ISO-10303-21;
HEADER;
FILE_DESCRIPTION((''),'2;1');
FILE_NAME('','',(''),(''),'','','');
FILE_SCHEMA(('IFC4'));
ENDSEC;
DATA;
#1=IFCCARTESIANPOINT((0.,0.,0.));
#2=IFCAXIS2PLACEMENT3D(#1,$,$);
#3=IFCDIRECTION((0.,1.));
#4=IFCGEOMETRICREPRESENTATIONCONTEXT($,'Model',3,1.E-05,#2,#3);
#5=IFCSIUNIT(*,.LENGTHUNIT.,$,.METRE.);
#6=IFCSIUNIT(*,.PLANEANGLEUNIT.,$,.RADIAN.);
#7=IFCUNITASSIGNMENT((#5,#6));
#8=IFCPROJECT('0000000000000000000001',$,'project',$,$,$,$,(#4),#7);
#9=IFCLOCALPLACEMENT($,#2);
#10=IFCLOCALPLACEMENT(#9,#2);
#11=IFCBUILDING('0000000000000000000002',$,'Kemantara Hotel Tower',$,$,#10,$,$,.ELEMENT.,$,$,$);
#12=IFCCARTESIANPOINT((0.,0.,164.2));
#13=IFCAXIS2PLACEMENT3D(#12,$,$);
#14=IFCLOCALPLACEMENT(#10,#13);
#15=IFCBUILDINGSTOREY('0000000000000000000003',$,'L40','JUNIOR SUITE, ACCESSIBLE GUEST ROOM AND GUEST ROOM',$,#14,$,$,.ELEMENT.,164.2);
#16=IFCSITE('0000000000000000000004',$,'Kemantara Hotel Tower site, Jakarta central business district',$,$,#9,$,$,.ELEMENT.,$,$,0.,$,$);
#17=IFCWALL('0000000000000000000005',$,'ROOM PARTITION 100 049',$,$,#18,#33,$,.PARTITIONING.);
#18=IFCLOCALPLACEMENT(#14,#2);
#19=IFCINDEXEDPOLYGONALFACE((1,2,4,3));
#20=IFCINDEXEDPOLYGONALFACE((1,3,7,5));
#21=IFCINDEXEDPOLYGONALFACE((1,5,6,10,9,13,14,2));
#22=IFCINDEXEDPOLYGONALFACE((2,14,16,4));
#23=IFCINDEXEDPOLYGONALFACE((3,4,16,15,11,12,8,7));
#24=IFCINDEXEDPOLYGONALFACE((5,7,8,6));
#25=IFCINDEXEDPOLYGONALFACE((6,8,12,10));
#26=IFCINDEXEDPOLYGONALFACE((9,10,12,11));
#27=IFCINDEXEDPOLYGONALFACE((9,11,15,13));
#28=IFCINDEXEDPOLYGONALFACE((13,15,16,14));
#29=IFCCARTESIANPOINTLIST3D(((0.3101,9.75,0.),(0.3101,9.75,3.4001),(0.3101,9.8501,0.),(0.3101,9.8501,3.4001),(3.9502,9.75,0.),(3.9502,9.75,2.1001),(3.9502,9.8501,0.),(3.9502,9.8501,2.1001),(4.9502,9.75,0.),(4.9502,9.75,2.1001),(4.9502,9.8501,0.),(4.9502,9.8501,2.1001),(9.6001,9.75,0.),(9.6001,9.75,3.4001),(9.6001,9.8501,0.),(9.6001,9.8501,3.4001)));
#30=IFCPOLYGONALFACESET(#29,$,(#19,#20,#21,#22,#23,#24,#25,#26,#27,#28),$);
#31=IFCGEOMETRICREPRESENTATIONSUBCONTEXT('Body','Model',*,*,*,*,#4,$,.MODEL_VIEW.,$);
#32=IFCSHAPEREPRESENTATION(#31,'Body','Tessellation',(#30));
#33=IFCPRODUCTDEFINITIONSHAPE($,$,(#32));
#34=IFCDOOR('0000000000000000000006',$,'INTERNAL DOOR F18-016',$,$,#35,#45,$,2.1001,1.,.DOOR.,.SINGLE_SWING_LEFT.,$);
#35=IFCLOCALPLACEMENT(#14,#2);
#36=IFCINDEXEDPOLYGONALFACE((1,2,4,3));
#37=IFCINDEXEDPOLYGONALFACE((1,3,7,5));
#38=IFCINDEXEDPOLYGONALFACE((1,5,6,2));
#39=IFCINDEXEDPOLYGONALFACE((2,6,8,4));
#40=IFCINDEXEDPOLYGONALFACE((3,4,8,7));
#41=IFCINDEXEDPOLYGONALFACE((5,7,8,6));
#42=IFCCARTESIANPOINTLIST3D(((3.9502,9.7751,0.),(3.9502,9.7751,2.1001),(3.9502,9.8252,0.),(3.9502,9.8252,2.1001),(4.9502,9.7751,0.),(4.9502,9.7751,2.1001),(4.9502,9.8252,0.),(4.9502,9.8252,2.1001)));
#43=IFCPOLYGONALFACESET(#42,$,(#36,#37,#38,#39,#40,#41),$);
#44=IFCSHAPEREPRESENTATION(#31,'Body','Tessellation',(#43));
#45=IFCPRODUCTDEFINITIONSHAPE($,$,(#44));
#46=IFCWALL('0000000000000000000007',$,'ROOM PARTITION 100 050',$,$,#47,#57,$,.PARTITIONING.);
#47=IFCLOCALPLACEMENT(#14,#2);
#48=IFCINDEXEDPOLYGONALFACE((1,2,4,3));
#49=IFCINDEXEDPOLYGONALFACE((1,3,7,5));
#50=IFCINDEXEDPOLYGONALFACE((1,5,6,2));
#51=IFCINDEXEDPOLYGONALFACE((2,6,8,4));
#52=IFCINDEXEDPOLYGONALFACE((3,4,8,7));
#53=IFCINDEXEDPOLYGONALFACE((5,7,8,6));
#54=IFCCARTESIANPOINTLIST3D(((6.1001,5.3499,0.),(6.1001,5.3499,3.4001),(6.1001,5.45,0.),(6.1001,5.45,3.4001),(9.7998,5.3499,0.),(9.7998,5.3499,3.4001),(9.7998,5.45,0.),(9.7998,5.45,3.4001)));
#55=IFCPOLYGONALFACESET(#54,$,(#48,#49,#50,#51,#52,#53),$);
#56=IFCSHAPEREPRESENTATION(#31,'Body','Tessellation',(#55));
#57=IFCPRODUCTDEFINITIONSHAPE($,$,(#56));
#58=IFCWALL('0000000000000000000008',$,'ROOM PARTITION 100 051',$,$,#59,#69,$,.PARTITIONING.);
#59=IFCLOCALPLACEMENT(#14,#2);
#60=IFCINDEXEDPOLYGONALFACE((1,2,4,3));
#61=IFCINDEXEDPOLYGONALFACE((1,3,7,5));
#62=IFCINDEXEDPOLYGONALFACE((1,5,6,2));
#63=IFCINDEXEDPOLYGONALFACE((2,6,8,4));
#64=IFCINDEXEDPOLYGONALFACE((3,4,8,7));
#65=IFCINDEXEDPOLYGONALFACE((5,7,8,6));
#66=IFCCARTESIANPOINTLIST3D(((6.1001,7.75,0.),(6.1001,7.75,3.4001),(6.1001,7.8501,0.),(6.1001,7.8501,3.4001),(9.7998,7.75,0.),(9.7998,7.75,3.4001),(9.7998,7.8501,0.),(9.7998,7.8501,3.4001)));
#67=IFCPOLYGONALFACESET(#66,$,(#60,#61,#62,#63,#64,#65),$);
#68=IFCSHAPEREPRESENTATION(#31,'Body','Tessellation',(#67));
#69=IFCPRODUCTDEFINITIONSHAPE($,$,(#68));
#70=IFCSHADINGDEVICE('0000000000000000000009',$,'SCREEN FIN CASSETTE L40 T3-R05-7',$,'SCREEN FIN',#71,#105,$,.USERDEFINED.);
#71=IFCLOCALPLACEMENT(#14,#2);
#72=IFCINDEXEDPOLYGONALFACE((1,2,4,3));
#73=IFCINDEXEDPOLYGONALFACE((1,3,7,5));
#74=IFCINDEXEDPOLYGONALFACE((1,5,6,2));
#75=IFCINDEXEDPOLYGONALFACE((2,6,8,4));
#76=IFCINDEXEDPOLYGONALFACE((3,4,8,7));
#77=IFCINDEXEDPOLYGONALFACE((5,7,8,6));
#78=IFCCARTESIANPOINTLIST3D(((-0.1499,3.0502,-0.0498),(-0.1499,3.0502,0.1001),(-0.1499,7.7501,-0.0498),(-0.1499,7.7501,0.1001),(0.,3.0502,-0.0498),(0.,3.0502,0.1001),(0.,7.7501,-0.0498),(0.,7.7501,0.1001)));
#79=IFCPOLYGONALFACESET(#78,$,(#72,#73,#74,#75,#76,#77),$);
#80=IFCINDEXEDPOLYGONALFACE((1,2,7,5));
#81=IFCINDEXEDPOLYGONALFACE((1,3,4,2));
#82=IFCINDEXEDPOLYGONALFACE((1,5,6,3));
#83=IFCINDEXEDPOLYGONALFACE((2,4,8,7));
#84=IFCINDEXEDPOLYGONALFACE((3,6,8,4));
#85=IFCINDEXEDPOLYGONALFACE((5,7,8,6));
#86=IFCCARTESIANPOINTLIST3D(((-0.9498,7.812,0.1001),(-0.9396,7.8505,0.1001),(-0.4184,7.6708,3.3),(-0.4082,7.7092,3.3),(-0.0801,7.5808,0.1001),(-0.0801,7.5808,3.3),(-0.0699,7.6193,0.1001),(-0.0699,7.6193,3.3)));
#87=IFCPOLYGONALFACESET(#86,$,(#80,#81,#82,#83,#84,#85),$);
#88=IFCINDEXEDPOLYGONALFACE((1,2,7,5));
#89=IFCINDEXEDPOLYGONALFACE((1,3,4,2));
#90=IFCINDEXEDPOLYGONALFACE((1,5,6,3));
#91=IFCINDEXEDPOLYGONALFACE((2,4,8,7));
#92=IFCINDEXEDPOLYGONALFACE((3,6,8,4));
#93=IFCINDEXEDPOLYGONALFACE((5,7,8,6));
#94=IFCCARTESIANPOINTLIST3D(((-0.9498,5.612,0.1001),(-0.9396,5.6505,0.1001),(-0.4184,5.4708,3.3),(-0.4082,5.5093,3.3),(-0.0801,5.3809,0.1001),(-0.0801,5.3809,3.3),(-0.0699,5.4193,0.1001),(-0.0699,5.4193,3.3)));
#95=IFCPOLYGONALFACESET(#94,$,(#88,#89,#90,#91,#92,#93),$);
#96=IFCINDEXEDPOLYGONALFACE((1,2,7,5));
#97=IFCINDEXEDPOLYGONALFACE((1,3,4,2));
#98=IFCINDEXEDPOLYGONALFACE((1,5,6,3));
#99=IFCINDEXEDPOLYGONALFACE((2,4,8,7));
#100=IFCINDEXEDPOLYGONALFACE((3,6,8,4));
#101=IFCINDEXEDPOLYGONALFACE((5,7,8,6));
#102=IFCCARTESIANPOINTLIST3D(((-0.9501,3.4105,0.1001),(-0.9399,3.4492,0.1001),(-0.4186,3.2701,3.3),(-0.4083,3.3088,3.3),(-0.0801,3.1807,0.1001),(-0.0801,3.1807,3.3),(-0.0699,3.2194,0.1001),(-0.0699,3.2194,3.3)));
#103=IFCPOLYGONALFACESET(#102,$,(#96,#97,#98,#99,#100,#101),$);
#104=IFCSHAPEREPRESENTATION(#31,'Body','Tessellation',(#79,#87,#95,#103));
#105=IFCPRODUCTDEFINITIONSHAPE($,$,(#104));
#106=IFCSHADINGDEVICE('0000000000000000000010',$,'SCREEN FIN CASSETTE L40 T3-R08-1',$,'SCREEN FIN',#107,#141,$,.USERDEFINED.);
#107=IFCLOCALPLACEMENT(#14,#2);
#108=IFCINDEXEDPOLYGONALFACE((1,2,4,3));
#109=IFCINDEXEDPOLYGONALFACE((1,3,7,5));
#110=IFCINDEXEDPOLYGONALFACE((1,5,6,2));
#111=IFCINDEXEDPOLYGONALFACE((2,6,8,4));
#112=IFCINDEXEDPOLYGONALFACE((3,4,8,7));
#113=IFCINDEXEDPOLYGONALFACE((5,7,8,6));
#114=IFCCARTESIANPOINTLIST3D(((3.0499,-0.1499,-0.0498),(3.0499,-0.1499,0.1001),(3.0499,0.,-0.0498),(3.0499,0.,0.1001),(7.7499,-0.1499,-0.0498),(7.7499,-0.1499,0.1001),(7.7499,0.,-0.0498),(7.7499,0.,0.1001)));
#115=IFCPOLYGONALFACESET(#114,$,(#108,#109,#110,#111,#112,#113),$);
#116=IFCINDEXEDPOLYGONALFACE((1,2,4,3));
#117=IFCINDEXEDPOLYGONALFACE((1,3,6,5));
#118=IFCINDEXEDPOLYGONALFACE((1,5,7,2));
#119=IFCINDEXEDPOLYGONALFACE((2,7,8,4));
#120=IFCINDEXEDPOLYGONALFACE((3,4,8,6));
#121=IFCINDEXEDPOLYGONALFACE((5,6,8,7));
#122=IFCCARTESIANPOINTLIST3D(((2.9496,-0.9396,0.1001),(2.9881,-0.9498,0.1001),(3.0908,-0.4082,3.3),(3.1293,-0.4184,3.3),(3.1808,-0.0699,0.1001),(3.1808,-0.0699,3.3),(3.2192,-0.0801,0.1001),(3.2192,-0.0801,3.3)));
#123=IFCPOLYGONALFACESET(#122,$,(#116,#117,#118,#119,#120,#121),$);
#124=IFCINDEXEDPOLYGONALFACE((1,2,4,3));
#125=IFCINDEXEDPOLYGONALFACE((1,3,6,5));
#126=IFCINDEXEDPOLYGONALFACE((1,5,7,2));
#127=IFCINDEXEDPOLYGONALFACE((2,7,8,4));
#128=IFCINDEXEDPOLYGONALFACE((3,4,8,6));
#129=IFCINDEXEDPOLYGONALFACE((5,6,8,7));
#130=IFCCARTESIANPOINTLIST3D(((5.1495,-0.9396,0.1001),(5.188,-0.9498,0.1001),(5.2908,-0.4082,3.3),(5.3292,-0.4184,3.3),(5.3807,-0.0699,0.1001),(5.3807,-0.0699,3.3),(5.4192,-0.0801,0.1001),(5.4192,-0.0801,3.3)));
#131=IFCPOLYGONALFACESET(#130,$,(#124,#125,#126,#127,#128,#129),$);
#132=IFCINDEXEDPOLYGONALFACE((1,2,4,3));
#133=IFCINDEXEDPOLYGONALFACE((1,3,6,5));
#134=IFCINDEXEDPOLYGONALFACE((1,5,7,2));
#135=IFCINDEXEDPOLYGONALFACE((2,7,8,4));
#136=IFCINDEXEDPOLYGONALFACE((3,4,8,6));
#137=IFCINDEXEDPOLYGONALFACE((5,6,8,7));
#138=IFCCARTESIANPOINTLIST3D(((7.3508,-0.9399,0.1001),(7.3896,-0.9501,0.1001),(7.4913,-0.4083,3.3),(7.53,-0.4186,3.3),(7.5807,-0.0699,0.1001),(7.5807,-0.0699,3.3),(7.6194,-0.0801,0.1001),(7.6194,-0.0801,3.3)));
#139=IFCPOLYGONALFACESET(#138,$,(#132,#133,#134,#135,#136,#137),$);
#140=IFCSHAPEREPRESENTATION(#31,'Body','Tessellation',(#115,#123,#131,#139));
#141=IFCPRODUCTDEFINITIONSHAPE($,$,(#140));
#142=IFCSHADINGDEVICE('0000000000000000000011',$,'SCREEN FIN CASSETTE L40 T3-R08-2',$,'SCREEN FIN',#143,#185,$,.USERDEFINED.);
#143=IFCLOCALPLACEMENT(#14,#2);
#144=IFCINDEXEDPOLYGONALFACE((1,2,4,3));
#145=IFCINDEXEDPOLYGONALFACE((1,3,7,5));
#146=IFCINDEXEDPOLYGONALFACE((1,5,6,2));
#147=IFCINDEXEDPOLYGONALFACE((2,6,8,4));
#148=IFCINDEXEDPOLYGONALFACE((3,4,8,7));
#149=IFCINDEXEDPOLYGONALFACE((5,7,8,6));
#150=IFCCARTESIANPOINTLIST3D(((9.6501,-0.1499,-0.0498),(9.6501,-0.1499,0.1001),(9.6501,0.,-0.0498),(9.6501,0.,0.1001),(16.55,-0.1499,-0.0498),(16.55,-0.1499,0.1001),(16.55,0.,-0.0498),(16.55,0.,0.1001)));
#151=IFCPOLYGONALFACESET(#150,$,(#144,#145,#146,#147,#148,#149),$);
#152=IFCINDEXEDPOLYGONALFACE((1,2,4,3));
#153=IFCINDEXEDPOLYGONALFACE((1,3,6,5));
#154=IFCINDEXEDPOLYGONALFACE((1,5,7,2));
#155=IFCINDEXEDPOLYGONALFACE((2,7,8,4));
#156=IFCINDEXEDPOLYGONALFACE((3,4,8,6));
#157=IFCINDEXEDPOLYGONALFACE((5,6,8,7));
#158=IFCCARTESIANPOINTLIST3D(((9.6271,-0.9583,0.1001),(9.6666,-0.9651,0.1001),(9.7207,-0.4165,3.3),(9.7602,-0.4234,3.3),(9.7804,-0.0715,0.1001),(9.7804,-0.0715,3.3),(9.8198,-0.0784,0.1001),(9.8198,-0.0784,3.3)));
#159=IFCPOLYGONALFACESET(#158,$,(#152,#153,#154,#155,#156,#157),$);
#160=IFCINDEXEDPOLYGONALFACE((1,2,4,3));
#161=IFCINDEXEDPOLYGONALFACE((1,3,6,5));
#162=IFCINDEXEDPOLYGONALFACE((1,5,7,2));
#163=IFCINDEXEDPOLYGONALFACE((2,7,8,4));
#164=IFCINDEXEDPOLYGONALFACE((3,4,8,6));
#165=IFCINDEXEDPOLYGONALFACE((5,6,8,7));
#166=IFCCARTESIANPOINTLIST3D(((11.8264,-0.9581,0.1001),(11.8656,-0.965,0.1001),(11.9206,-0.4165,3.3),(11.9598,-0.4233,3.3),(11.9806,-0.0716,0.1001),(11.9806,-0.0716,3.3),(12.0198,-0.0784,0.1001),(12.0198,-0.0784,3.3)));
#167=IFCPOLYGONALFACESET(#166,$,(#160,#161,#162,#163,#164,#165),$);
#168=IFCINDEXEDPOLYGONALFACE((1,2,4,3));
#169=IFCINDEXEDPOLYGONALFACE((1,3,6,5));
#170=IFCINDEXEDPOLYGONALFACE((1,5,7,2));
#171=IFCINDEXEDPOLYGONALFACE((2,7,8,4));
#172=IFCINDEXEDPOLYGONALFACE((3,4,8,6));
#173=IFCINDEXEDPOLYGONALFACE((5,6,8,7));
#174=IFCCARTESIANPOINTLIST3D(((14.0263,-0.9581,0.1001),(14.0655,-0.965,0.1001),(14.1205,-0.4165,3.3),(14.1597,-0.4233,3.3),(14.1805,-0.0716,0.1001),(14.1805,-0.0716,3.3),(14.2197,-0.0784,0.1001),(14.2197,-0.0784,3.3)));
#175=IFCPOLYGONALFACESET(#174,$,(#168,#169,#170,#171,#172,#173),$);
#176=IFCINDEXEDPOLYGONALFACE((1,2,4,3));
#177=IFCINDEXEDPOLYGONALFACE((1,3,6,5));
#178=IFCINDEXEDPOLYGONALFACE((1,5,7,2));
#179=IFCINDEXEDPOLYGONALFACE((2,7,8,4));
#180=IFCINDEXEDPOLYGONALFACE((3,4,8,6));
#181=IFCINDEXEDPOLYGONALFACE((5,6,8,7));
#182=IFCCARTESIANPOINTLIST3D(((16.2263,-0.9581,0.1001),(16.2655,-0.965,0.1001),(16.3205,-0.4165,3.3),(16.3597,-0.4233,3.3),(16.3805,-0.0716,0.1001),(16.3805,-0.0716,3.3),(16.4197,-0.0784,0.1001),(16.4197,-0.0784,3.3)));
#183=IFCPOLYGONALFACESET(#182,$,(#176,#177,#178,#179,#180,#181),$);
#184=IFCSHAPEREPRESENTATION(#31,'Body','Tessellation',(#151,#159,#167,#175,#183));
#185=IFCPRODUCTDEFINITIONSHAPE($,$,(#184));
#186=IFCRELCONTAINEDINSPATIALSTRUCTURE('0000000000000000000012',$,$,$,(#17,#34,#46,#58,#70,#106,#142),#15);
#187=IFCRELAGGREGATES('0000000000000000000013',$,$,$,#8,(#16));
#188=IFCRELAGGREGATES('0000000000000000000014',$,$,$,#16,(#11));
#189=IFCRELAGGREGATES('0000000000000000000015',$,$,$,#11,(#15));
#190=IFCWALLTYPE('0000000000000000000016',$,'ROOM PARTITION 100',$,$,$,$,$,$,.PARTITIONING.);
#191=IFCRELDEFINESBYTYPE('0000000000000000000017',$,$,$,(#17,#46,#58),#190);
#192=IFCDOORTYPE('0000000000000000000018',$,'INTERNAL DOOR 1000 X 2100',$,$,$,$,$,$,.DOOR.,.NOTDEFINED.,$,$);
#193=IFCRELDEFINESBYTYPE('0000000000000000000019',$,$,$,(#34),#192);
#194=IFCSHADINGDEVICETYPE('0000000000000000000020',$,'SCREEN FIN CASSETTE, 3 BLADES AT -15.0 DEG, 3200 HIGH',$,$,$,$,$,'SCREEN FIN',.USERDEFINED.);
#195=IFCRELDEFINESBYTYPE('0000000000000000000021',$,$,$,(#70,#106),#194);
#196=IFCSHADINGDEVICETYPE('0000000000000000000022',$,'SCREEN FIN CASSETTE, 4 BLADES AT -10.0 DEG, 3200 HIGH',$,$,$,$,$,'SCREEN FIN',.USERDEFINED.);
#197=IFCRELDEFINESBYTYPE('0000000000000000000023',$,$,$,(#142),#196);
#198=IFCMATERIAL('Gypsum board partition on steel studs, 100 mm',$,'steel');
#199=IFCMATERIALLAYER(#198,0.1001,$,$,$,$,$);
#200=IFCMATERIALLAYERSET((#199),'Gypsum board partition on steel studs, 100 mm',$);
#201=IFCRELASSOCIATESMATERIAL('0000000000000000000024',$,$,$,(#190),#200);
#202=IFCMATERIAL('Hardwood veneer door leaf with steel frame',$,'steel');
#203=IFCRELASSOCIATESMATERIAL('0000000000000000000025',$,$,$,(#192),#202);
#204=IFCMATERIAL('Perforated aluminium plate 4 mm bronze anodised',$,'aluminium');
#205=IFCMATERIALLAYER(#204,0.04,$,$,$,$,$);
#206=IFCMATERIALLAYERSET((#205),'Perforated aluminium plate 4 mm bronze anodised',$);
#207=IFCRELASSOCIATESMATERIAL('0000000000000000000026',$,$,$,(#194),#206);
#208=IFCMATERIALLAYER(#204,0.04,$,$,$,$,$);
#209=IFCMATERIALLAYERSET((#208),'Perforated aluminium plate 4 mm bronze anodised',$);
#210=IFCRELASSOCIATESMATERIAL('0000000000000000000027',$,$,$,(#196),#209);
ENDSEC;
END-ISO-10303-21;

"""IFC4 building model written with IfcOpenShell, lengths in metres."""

from ifc_helpers import new_model, si_unit, direction, frame, frame_2d, origin, origin_2d, place, context, subcontext, project, spatial, polyline, rectangle, outline, extrude, source, transform, mapped, material, layer, layer_set, type_object, element, fill, save


model = new_model("IFC4")

# Units and contexts
model_context = context("Model", 3, precision=1e-05, world=origin(), true_north=direction((0.0, 1.0)))
body_context = subcontext(model_context, "Body", "Model", "MODEL_VIEW")
ifc_project = project(units=[si_unit("LENGTHUNIT", "METRE"), si_unit("PLANEANGLEUNIT", "RADIAN")], contexts=[model_context])

# Site, building, storey
site_placement = place(None, origin())
site = spatial("IfcSite", under=ifc_project, at=site_placement, Name="Kemantara Hotel Tower site, Jakarta central business district", CompositionType="ELEMENT", RefElevation=0.0)
building_placement = place(site_placement, origin())
building = spatial("IfcBuilding", under=site, at=building_placement, Name="Kemantara Hotel Tower", CompositionType="ELEMENT")
storey_placement = place(building_placement, frame((0.0, 0.0, 164.2)))
storey = spatial("IfcBuildingStorey", under=building, at=storey_placement, Name="L40", Description="JUNIOR SUITE, ACCESSIBLE GUEST ROOM AND GUEST ROOM", CompositionType="ELEMENT", Elevation=164.2)

# Shared definitions
ifc_material_1 = material(Name="Hardwood veneer door leaf with steel frame", Category="steel")
ifc_material_2 = material(Name="Gypsum board partition on steel studs, 100 mm", Category="steel")
ifc_layer_1 = layer(ifc_material_2, 0.1001)
ifc_layer_set_1 = layer_set([ifc_layer_1], Name="Gypsum board partition on steel studs, 100 mm")
wall_type_1 = type_object("IfcWallType", Name="ROOM PARTITION 100", PredefinedType="PARTITIONING", material=ifc_layer_set_1)

# Wall, opening, door
wall_1_placement = place(storey_placement, frame((9.6001, 9.8, 0.0), z_axis=(0.0, 0.0, 1.0), x_axis=(-1.0, 0.0, 0.0)))
wall_1 = element("IfcWall", 1, at=wall_1_placement, inside=storey, type_object=wall_type_1, Name="ROOM PARTITION 100 049", PredefinedType="PARTITIONING", context=body_context, shape_type="SweptSolid", body=[
    extrude(rectangle(XDim=9.29, YDim=0.1001, at=frame_2d((4.645, 0.0))), origin(), (0.0, 0.0, 1.0), 3.4001),
])
opening_1_placement = place(wall_1_placement, frame((4.6499, 0.0, 0.0)))
opening_1 = element("IfcOpeningElement", 2, at=opening_1_placement, cuts=wall_1, PredefinedType="OPENING", context=body_context, shape_type="SweptSolid", body=[
    extrude(rectangle(XDim=1.0, YDim=2.1001, at=frame_2d((0.5, 1.05))), frame((0.0, 0.0601, 0.0), z_axis=(0.0, -1.0, 0.0), x_axis=(1.0, 0.0, 0.0)), (0.0, 0.0, 1.0), 0.1201),
])
door_type_1 = type_object("IfcDoorType", Name="INTERNAL DOOR 1000 X 2100", OperationType="NOTDEFINED", PredefinedType="DOOR", material=ifc_material_1)
door_1_placement = place(opening_1_placement, origin())
door_1 = element("IfcDoor", 3, at=door_1_placement, inside=storey, type_object=door_type_1, Name="INTERNAL DOOR F18-016", OperationType="SINGLE_SWING_LEFT", OverallHeight=2.1001, OverallWidth=1.0, PredefinedType="DOOR", context=body_context, shape_type="SweptSolid", body=[
    extrude(rectangle(XDim=1.0, YDim=2.1001, at=frame_2d((0.5, 1.05))), frame((0.0, 0.0249, 0.0), z_axis=(0.0, -1.0, 0.0), x_axis=(1.0, 0.0, 0.0)), (0.0, 0.0, 1.0), 0.05),
])
fill(opening_1, door_1)

# Walls
for number, where, z_axis, x_axis, name in (
    (4, (6.1001, 5.3999, 0.0), (0.0, 0.0, 1.0), (1.0, 0.0, 0.0), "ROOM PARTITION 100 050"),
    (5, (6.1001, 7.8, 0.0), (0.0, 0.0, 1.0), (1.0, 0.0, 0.0), "ROOM PARTITION 100 051"),
):
    element("IfcWall", number, at=place(storey_placement, frame(where, z_axis=z_axis, x_axis=x_axis)), inside=storey, type_object=wall_type_1, Name=name, PredefinedType="PARTITIONING", context=body_context, shape_type="SweptSolid", body=[
        extrude(rectangle(XDim=3.6997, YDim=0.1001, at=frame_2d((1.8499, 0.0))), origin(), (0.0, 0.0, 1.0), 3.4001),
    ])

# Shading devices
ifc_material_3 = material(Name="Perforated aluminium plate 4 mm bronze anodised", Category="aluminium")
ifc_layer_2 = layer(ifc_material_3, 0.04)
ifc_layer_set_2 = layer_set([ifc_layer_2], Name="Perforated aluminium plate 4 mm bronze anodised")
shading_device_type_1 = type_object("IfcShadingDeviceType", Name="SCREEN FIN CASSETTE, 3 BLADES AT -15.0 DEG, 3200 HIGH", ElementType="SCREEN FIN", PredefinedType="USERDEFINED", material=ifc_layer_set_2)
shared_shape_1 = source(origin(), body_context, "Body", "SweptSolid", [
    extrude(rectangle(XDim=4.7, YDim=0.1499, at=origin_2d()), frame((2.2, -0.075, -0.1499), z_axis=(0.0, 0.0, 1.0), x_axis=(1.0, 0.0, 0.0)), (0.0, 0.0, 1.0), 0.1499),
    extrude(outline(polyline([(0.0, 0.0), (0.8999, 0.0), (0.3501, 3.2), (0.0, 3.2), (0.0, 0.0)])), frame((0.0193, -0.0801, 0.0), z_axis=(-0.966438, 0.256901, 0.0), x_axis=(-0.256901, -0.966438, 0.0)), (0.0, 0.0, 1.0), 0.0398),
    extrude(outline(polyline([(0.0, 0.0), (0.8999, 0.0), (0.3501, 3.2), (0.0, 3.2), (0.0, 0.0)])), frame((2.2192, -0.0801, 0.0), z_axis=(-0.966438, 0.256901, 0.0), x_axis=(-0.256901, -0.966438, 0.0)), (0.0, 0.0, 1.0), 0.0398),
    extrude(outline(polyline([(0.0, 0.0), (0.8999, 0.0), (0.3501, 3.2), (0.0, 3.2), (0.0, 0.0)])), frame((4.4194, -0.0801, 0.0), z_axis=(-0.966838, 0.255391, 0.0), x_axis=(-0.255391, -0.966838, 0.0)), (0.0, 0.0, 1.0), 0.04),
])
for number, where, z_axis, x_axis, name in (
    (6, (0.0, 7.6001, 0.1001), (0.0, 0.0, 1.0), (0.0, -1.0, 0.0), "SCREEN FIN CASSETTE L40 T3-R05-7"),
    (7, (3.2, 0.0, 0.1001), (0.0, 0.0, 1.0), (1.0, 0.0, 0.0), "SCREEN FIN CASSETTE L40 T3-R08-1"),
):
    element("IfcShadingDevice", number, at=place(storey_placement, frame(where, z_axis=z_axis, x_axis=x_axis)), inside=storey, type_object=shading_device_type_1, Name=name, ObjectType="SCREEN FIN", PredefinedType="USERDEFINED", context=body_context, shape_type="MappedRepresentation", body=[
        mapped(shared_shape_1, transform((0.0, 0.0, 0.0))),
    ])
ifc_layer_3 = layer(ifc_material_3, 0.04)
ifc_layer_set_3 = layer_set([ifc_layer_3], Name="Perforated aluminium plate 4 mm bronze anodised")
shading_device_type_2 = type_object("IfcShadingDeviceType", Name="SCREEN FIN CASSETTE, 4 BLADES AT -10.0 DEG, 3200 HIGH", ElementType="SCREEN FIN", PredefinedType="USERDEFINED", material=ifc_layer_set_3)
shared_shape_2 = source(origin(), body_context, "Body", "SweptSolid", [
    extrude(rectangle(XDim=6.8999, YDim=0.1499, at=origin_2d()), frame((3.3, -0.075, -0.1499), z_axis=(0.0, 0.0, 1.0), x_axis=(1.0, 0.0, 0.0)), (0.0, 0.0, 1.0), 0.1499),
    extrude(outline(polyline([(0.0, 0.0), (0.8999, 0.0), (0.3501, 3.2), (0.0, 3.2), (0.0, 0.0)])), frame((0.0198, -0.0784, 0.0), z_axis=(-0.98539, 0.170314, 0.0), x_axis=(-0.170314, -0.98539, 0.0)), (0.0, 0.0, 1.0), 0.04),
    extrude(outline(polyline([(0.0, 0.0), (0.8999, 0.0), (0.3501, 3.2), (0.0, 3.2), (0.0, 0.0)])), frame((2.2197, -0.0784, 0.0), z_axis=(-0.985212, 0.171341, 0.0), x_axis=(-0.171341, -0.985212, 0.0)), (0.0, 0.0, 1.0), 0.0398),
    extrude(outline(polyline([(0.0, 0.0), (0.8999, 0.0), (0.3501, 3.2), (0.0, 3.2), (0.0, 0.0)])), frame((4.4197, -0.0784, 0.0), z_axis=(-0.985212, 0.171341, 0.0), x_axis=(-0.171341, -0.985212, 0.0)), (0.0, 0.0, 1.0), 0.0398),
    extrude(outline(polyline([(0.0, 0.0), (0.8999, 0.0), (0.3501, 3.2), (0.0, 3.2), (0.0, 0.0)])), frame((6.6196, -0.0784, 0.0), z_axis=(-0.985212, 0.171341, 0.0), x_axis=(-0.171341, -0.985212, 0.0)), (0.0, 0.0, 1.0), 0.0398),
])
shading_device_placement = place(storey_placement, frame((9.8, 0.0, 0.1001), z_axis=(0.0, 0.0, 1.0), x_axis=(1.0, 0.0, 0.0)))
element("IfcShadingDevice", 8, at=shading_device_placement, inside=storey, type_object=shading_device_type_2, Name="SCREEN FIN CASSETTE L40 T3-R08-2", ObjectType="SCREEN FIN", PredefinedType="USERDEFINED", context=body_context, shape_type="MappedRepresentation", body=[
    mapped(shared_shape_2, transform((0.0, 0.0, 0.0))),
])

save(model, "model.ifc")
